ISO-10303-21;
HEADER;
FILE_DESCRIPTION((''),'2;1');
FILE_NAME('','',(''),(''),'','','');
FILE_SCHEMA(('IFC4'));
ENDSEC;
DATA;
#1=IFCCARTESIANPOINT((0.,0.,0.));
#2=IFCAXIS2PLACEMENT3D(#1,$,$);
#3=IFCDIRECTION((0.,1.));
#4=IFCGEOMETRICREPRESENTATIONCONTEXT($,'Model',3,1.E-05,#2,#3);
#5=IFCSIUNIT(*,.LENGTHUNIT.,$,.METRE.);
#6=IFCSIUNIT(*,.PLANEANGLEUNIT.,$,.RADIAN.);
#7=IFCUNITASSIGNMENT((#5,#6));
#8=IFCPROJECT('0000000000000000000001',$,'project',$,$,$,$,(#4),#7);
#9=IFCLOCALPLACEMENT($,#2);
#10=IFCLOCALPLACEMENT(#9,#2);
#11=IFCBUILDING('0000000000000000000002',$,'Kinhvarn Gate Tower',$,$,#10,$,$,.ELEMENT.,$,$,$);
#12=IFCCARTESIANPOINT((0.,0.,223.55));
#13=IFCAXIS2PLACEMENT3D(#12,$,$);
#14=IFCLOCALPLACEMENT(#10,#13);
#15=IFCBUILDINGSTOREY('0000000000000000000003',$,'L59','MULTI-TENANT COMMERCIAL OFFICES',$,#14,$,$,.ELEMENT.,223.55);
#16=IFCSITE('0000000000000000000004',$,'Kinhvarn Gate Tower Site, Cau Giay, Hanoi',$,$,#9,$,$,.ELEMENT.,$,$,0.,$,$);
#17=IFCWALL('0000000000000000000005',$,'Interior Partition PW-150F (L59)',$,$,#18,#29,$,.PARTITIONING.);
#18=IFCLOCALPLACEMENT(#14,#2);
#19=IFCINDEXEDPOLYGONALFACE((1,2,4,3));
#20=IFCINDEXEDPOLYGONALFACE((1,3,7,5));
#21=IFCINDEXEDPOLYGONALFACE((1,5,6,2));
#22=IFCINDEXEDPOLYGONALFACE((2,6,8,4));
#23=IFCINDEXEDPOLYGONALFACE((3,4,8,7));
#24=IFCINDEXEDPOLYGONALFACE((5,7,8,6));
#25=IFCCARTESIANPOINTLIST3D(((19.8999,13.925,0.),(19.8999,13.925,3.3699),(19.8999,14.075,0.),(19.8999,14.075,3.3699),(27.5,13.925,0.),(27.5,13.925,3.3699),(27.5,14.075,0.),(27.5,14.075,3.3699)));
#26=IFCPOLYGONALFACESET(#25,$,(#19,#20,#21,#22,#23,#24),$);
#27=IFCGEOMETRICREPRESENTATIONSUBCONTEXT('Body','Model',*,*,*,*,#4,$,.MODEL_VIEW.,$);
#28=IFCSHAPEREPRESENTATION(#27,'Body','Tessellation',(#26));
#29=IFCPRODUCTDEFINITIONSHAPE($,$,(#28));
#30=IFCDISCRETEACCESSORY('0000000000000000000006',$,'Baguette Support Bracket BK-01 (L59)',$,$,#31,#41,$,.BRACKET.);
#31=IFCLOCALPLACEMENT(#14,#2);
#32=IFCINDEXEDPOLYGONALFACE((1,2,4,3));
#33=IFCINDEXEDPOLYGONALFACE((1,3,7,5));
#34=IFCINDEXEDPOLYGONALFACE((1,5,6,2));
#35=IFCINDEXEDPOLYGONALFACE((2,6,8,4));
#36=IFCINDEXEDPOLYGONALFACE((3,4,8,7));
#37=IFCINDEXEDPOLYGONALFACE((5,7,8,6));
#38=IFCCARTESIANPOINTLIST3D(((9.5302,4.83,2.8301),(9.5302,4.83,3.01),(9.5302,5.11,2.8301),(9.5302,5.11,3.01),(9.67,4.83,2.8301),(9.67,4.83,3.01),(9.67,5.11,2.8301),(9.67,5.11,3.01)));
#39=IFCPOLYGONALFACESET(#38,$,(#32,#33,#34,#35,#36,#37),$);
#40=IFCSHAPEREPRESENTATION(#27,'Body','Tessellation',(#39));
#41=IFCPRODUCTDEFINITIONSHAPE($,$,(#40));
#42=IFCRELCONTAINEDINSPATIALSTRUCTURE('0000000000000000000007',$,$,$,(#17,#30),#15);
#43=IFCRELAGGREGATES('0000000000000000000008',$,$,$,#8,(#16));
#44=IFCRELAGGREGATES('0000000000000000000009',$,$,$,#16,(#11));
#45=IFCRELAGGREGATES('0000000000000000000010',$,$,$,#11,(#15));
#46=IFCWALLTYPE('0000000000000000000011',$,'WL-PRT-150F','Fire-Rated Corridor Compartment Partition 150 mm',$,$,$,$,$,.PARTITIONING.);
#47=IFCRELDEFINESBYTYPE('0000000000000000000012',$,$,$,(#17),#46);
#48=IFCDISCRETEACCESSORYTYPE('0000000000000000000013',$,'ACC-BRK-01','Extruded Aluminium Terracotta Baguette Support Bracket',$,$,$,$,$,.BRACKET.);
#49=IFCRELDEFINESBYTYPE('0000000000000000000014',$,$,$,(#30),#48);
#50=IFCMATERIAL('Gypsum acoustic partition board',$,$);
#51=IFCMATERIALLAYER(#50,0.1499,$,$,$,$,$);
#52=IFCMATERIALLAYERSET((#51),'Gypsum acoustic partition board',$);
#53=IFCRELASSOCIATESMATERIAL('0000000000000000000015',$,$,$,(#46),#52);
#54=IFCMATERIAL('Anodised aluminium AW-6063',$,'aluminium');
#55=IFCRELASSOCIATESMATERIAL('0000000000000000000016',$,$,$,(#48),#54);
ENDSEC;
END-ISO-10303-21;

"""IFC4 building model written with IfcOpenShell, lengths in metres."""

from ifc_helpers import new_model, si_unit, direction, frame, frame_2d, origin, origin_2d, place, context, subcontext, project, spatial, rectangle, extrude, material, layer, layer_set, type_object, element, save


model = new_model("IFC4")

# Units and contexts
model_context = context("Model", 3, precision=1e-05, world=origin(), true_north=direction((0.0, 1.0)))
body_context = subcontext(model_context, "Body", "Model", "MODEL_VIEW")
ifc_project = project(units=[si_unit("LENGTHUNIT", "METRE"), si_unit("PLANEANGLEUNIT", "RADIAN")], contexts=[model_context])

# Site, building, storey
site_placement = place(None, origin())
site = spatial("IfcSite", under=ifc_project, at=site_placement, Name="Kinhvarn Gate Tower Site, Cau Giay, Hanoi", CompositionType="ELEMENT", RefElevation=0.0)
building_placement = place(site_placement, origin())
building = spatial("IfcBuilding", under=site, at=building_placement, Name="Kinhvarn Gate Tower", CompositionType="ELEMENT")
storey_placement = place(building_placement, frame((0.0, 0.0, 223.55)))
storey = spatial("IfcBuildingStorey", under=building, at=storey_placement, Name="L59", Description="MULTI-TENANT COMMERCIAL OFFICES", CompositionType="ELEMENT", Elevation=223.55)

# Shared definitions
ifc_material_1 = material(Name="Anodised aluminium AW-6063", Category="aluminium")

# Shared definitions
ifc_material_2 = material(Name="Gypsum acoustic partition board")
ifc_layer_1 = layer(ifc_material_2, 0.1499)
ifc_layer_set_1 = layer_set([ifc_layer_1], Name="Gypsum acoustic partition board")
wall_type_1 = type_object("IfcWallType", Name="WL-PRT-150F", Description="Fire-Rated Corridor Compartment Partition 150 mm", PredefinedType="PARTITIONING", material=ifc_layer_set_1)

# Wall
wall_1_placement = place(storey_placement, frame((19.8999, 14.0, 0.0), z_axis=(0.0, 0.0, 1.0), x_axis=(1.0, 0.0, 0.0)))
element("IfcWall", 1, at=wall_1_placement, inside=storey, type_object=wall_type_1, Name="Interior Partition PW-150F (L59)", PredefinedType="PARTITIONING", context=body_context, shape_type="SweptSolid", body=[
    extrude(rectangle(XDim=7.6001, YDim=0.1499, at=frame_2d((3.8, 0.0))), origin(), (0.0, 0.0, 1.0), 3.3699),
])

# Discrete accessory
discrete_accessory_type = type_object("IfcDiscreteAccessoryType", Name="ACC-BRK-01", Description="Extruded Aluminium Terracotta Baguette Support Bracket", PredefinedType="BRACKET", material=ifc_material_1)
discrete_accessory_placement = place(storey_placement, frame((9.6001, 4.97, 2.8301), z_axis=(0.0, 0.0, 1.0), x_axis=(1.0, 0.0, 0.0)))
element("IfcDiscreteAccessory", 2, at=discrete_accessory_placement, inside=storey, type_object=discrete_accessory_type, Name="Baguette Support Bracket BK-01 (L59)", PredefinedType="BRACKET", context=body_context, shape_type="SweptSolid", body=[
    extrude(rectangle(XDim=0.1399, YDim=0.28, at=origin_2d()), origin(), (0.0, 0.0, 1.0), 0.1799),
])

save(model, "model.ifc")
